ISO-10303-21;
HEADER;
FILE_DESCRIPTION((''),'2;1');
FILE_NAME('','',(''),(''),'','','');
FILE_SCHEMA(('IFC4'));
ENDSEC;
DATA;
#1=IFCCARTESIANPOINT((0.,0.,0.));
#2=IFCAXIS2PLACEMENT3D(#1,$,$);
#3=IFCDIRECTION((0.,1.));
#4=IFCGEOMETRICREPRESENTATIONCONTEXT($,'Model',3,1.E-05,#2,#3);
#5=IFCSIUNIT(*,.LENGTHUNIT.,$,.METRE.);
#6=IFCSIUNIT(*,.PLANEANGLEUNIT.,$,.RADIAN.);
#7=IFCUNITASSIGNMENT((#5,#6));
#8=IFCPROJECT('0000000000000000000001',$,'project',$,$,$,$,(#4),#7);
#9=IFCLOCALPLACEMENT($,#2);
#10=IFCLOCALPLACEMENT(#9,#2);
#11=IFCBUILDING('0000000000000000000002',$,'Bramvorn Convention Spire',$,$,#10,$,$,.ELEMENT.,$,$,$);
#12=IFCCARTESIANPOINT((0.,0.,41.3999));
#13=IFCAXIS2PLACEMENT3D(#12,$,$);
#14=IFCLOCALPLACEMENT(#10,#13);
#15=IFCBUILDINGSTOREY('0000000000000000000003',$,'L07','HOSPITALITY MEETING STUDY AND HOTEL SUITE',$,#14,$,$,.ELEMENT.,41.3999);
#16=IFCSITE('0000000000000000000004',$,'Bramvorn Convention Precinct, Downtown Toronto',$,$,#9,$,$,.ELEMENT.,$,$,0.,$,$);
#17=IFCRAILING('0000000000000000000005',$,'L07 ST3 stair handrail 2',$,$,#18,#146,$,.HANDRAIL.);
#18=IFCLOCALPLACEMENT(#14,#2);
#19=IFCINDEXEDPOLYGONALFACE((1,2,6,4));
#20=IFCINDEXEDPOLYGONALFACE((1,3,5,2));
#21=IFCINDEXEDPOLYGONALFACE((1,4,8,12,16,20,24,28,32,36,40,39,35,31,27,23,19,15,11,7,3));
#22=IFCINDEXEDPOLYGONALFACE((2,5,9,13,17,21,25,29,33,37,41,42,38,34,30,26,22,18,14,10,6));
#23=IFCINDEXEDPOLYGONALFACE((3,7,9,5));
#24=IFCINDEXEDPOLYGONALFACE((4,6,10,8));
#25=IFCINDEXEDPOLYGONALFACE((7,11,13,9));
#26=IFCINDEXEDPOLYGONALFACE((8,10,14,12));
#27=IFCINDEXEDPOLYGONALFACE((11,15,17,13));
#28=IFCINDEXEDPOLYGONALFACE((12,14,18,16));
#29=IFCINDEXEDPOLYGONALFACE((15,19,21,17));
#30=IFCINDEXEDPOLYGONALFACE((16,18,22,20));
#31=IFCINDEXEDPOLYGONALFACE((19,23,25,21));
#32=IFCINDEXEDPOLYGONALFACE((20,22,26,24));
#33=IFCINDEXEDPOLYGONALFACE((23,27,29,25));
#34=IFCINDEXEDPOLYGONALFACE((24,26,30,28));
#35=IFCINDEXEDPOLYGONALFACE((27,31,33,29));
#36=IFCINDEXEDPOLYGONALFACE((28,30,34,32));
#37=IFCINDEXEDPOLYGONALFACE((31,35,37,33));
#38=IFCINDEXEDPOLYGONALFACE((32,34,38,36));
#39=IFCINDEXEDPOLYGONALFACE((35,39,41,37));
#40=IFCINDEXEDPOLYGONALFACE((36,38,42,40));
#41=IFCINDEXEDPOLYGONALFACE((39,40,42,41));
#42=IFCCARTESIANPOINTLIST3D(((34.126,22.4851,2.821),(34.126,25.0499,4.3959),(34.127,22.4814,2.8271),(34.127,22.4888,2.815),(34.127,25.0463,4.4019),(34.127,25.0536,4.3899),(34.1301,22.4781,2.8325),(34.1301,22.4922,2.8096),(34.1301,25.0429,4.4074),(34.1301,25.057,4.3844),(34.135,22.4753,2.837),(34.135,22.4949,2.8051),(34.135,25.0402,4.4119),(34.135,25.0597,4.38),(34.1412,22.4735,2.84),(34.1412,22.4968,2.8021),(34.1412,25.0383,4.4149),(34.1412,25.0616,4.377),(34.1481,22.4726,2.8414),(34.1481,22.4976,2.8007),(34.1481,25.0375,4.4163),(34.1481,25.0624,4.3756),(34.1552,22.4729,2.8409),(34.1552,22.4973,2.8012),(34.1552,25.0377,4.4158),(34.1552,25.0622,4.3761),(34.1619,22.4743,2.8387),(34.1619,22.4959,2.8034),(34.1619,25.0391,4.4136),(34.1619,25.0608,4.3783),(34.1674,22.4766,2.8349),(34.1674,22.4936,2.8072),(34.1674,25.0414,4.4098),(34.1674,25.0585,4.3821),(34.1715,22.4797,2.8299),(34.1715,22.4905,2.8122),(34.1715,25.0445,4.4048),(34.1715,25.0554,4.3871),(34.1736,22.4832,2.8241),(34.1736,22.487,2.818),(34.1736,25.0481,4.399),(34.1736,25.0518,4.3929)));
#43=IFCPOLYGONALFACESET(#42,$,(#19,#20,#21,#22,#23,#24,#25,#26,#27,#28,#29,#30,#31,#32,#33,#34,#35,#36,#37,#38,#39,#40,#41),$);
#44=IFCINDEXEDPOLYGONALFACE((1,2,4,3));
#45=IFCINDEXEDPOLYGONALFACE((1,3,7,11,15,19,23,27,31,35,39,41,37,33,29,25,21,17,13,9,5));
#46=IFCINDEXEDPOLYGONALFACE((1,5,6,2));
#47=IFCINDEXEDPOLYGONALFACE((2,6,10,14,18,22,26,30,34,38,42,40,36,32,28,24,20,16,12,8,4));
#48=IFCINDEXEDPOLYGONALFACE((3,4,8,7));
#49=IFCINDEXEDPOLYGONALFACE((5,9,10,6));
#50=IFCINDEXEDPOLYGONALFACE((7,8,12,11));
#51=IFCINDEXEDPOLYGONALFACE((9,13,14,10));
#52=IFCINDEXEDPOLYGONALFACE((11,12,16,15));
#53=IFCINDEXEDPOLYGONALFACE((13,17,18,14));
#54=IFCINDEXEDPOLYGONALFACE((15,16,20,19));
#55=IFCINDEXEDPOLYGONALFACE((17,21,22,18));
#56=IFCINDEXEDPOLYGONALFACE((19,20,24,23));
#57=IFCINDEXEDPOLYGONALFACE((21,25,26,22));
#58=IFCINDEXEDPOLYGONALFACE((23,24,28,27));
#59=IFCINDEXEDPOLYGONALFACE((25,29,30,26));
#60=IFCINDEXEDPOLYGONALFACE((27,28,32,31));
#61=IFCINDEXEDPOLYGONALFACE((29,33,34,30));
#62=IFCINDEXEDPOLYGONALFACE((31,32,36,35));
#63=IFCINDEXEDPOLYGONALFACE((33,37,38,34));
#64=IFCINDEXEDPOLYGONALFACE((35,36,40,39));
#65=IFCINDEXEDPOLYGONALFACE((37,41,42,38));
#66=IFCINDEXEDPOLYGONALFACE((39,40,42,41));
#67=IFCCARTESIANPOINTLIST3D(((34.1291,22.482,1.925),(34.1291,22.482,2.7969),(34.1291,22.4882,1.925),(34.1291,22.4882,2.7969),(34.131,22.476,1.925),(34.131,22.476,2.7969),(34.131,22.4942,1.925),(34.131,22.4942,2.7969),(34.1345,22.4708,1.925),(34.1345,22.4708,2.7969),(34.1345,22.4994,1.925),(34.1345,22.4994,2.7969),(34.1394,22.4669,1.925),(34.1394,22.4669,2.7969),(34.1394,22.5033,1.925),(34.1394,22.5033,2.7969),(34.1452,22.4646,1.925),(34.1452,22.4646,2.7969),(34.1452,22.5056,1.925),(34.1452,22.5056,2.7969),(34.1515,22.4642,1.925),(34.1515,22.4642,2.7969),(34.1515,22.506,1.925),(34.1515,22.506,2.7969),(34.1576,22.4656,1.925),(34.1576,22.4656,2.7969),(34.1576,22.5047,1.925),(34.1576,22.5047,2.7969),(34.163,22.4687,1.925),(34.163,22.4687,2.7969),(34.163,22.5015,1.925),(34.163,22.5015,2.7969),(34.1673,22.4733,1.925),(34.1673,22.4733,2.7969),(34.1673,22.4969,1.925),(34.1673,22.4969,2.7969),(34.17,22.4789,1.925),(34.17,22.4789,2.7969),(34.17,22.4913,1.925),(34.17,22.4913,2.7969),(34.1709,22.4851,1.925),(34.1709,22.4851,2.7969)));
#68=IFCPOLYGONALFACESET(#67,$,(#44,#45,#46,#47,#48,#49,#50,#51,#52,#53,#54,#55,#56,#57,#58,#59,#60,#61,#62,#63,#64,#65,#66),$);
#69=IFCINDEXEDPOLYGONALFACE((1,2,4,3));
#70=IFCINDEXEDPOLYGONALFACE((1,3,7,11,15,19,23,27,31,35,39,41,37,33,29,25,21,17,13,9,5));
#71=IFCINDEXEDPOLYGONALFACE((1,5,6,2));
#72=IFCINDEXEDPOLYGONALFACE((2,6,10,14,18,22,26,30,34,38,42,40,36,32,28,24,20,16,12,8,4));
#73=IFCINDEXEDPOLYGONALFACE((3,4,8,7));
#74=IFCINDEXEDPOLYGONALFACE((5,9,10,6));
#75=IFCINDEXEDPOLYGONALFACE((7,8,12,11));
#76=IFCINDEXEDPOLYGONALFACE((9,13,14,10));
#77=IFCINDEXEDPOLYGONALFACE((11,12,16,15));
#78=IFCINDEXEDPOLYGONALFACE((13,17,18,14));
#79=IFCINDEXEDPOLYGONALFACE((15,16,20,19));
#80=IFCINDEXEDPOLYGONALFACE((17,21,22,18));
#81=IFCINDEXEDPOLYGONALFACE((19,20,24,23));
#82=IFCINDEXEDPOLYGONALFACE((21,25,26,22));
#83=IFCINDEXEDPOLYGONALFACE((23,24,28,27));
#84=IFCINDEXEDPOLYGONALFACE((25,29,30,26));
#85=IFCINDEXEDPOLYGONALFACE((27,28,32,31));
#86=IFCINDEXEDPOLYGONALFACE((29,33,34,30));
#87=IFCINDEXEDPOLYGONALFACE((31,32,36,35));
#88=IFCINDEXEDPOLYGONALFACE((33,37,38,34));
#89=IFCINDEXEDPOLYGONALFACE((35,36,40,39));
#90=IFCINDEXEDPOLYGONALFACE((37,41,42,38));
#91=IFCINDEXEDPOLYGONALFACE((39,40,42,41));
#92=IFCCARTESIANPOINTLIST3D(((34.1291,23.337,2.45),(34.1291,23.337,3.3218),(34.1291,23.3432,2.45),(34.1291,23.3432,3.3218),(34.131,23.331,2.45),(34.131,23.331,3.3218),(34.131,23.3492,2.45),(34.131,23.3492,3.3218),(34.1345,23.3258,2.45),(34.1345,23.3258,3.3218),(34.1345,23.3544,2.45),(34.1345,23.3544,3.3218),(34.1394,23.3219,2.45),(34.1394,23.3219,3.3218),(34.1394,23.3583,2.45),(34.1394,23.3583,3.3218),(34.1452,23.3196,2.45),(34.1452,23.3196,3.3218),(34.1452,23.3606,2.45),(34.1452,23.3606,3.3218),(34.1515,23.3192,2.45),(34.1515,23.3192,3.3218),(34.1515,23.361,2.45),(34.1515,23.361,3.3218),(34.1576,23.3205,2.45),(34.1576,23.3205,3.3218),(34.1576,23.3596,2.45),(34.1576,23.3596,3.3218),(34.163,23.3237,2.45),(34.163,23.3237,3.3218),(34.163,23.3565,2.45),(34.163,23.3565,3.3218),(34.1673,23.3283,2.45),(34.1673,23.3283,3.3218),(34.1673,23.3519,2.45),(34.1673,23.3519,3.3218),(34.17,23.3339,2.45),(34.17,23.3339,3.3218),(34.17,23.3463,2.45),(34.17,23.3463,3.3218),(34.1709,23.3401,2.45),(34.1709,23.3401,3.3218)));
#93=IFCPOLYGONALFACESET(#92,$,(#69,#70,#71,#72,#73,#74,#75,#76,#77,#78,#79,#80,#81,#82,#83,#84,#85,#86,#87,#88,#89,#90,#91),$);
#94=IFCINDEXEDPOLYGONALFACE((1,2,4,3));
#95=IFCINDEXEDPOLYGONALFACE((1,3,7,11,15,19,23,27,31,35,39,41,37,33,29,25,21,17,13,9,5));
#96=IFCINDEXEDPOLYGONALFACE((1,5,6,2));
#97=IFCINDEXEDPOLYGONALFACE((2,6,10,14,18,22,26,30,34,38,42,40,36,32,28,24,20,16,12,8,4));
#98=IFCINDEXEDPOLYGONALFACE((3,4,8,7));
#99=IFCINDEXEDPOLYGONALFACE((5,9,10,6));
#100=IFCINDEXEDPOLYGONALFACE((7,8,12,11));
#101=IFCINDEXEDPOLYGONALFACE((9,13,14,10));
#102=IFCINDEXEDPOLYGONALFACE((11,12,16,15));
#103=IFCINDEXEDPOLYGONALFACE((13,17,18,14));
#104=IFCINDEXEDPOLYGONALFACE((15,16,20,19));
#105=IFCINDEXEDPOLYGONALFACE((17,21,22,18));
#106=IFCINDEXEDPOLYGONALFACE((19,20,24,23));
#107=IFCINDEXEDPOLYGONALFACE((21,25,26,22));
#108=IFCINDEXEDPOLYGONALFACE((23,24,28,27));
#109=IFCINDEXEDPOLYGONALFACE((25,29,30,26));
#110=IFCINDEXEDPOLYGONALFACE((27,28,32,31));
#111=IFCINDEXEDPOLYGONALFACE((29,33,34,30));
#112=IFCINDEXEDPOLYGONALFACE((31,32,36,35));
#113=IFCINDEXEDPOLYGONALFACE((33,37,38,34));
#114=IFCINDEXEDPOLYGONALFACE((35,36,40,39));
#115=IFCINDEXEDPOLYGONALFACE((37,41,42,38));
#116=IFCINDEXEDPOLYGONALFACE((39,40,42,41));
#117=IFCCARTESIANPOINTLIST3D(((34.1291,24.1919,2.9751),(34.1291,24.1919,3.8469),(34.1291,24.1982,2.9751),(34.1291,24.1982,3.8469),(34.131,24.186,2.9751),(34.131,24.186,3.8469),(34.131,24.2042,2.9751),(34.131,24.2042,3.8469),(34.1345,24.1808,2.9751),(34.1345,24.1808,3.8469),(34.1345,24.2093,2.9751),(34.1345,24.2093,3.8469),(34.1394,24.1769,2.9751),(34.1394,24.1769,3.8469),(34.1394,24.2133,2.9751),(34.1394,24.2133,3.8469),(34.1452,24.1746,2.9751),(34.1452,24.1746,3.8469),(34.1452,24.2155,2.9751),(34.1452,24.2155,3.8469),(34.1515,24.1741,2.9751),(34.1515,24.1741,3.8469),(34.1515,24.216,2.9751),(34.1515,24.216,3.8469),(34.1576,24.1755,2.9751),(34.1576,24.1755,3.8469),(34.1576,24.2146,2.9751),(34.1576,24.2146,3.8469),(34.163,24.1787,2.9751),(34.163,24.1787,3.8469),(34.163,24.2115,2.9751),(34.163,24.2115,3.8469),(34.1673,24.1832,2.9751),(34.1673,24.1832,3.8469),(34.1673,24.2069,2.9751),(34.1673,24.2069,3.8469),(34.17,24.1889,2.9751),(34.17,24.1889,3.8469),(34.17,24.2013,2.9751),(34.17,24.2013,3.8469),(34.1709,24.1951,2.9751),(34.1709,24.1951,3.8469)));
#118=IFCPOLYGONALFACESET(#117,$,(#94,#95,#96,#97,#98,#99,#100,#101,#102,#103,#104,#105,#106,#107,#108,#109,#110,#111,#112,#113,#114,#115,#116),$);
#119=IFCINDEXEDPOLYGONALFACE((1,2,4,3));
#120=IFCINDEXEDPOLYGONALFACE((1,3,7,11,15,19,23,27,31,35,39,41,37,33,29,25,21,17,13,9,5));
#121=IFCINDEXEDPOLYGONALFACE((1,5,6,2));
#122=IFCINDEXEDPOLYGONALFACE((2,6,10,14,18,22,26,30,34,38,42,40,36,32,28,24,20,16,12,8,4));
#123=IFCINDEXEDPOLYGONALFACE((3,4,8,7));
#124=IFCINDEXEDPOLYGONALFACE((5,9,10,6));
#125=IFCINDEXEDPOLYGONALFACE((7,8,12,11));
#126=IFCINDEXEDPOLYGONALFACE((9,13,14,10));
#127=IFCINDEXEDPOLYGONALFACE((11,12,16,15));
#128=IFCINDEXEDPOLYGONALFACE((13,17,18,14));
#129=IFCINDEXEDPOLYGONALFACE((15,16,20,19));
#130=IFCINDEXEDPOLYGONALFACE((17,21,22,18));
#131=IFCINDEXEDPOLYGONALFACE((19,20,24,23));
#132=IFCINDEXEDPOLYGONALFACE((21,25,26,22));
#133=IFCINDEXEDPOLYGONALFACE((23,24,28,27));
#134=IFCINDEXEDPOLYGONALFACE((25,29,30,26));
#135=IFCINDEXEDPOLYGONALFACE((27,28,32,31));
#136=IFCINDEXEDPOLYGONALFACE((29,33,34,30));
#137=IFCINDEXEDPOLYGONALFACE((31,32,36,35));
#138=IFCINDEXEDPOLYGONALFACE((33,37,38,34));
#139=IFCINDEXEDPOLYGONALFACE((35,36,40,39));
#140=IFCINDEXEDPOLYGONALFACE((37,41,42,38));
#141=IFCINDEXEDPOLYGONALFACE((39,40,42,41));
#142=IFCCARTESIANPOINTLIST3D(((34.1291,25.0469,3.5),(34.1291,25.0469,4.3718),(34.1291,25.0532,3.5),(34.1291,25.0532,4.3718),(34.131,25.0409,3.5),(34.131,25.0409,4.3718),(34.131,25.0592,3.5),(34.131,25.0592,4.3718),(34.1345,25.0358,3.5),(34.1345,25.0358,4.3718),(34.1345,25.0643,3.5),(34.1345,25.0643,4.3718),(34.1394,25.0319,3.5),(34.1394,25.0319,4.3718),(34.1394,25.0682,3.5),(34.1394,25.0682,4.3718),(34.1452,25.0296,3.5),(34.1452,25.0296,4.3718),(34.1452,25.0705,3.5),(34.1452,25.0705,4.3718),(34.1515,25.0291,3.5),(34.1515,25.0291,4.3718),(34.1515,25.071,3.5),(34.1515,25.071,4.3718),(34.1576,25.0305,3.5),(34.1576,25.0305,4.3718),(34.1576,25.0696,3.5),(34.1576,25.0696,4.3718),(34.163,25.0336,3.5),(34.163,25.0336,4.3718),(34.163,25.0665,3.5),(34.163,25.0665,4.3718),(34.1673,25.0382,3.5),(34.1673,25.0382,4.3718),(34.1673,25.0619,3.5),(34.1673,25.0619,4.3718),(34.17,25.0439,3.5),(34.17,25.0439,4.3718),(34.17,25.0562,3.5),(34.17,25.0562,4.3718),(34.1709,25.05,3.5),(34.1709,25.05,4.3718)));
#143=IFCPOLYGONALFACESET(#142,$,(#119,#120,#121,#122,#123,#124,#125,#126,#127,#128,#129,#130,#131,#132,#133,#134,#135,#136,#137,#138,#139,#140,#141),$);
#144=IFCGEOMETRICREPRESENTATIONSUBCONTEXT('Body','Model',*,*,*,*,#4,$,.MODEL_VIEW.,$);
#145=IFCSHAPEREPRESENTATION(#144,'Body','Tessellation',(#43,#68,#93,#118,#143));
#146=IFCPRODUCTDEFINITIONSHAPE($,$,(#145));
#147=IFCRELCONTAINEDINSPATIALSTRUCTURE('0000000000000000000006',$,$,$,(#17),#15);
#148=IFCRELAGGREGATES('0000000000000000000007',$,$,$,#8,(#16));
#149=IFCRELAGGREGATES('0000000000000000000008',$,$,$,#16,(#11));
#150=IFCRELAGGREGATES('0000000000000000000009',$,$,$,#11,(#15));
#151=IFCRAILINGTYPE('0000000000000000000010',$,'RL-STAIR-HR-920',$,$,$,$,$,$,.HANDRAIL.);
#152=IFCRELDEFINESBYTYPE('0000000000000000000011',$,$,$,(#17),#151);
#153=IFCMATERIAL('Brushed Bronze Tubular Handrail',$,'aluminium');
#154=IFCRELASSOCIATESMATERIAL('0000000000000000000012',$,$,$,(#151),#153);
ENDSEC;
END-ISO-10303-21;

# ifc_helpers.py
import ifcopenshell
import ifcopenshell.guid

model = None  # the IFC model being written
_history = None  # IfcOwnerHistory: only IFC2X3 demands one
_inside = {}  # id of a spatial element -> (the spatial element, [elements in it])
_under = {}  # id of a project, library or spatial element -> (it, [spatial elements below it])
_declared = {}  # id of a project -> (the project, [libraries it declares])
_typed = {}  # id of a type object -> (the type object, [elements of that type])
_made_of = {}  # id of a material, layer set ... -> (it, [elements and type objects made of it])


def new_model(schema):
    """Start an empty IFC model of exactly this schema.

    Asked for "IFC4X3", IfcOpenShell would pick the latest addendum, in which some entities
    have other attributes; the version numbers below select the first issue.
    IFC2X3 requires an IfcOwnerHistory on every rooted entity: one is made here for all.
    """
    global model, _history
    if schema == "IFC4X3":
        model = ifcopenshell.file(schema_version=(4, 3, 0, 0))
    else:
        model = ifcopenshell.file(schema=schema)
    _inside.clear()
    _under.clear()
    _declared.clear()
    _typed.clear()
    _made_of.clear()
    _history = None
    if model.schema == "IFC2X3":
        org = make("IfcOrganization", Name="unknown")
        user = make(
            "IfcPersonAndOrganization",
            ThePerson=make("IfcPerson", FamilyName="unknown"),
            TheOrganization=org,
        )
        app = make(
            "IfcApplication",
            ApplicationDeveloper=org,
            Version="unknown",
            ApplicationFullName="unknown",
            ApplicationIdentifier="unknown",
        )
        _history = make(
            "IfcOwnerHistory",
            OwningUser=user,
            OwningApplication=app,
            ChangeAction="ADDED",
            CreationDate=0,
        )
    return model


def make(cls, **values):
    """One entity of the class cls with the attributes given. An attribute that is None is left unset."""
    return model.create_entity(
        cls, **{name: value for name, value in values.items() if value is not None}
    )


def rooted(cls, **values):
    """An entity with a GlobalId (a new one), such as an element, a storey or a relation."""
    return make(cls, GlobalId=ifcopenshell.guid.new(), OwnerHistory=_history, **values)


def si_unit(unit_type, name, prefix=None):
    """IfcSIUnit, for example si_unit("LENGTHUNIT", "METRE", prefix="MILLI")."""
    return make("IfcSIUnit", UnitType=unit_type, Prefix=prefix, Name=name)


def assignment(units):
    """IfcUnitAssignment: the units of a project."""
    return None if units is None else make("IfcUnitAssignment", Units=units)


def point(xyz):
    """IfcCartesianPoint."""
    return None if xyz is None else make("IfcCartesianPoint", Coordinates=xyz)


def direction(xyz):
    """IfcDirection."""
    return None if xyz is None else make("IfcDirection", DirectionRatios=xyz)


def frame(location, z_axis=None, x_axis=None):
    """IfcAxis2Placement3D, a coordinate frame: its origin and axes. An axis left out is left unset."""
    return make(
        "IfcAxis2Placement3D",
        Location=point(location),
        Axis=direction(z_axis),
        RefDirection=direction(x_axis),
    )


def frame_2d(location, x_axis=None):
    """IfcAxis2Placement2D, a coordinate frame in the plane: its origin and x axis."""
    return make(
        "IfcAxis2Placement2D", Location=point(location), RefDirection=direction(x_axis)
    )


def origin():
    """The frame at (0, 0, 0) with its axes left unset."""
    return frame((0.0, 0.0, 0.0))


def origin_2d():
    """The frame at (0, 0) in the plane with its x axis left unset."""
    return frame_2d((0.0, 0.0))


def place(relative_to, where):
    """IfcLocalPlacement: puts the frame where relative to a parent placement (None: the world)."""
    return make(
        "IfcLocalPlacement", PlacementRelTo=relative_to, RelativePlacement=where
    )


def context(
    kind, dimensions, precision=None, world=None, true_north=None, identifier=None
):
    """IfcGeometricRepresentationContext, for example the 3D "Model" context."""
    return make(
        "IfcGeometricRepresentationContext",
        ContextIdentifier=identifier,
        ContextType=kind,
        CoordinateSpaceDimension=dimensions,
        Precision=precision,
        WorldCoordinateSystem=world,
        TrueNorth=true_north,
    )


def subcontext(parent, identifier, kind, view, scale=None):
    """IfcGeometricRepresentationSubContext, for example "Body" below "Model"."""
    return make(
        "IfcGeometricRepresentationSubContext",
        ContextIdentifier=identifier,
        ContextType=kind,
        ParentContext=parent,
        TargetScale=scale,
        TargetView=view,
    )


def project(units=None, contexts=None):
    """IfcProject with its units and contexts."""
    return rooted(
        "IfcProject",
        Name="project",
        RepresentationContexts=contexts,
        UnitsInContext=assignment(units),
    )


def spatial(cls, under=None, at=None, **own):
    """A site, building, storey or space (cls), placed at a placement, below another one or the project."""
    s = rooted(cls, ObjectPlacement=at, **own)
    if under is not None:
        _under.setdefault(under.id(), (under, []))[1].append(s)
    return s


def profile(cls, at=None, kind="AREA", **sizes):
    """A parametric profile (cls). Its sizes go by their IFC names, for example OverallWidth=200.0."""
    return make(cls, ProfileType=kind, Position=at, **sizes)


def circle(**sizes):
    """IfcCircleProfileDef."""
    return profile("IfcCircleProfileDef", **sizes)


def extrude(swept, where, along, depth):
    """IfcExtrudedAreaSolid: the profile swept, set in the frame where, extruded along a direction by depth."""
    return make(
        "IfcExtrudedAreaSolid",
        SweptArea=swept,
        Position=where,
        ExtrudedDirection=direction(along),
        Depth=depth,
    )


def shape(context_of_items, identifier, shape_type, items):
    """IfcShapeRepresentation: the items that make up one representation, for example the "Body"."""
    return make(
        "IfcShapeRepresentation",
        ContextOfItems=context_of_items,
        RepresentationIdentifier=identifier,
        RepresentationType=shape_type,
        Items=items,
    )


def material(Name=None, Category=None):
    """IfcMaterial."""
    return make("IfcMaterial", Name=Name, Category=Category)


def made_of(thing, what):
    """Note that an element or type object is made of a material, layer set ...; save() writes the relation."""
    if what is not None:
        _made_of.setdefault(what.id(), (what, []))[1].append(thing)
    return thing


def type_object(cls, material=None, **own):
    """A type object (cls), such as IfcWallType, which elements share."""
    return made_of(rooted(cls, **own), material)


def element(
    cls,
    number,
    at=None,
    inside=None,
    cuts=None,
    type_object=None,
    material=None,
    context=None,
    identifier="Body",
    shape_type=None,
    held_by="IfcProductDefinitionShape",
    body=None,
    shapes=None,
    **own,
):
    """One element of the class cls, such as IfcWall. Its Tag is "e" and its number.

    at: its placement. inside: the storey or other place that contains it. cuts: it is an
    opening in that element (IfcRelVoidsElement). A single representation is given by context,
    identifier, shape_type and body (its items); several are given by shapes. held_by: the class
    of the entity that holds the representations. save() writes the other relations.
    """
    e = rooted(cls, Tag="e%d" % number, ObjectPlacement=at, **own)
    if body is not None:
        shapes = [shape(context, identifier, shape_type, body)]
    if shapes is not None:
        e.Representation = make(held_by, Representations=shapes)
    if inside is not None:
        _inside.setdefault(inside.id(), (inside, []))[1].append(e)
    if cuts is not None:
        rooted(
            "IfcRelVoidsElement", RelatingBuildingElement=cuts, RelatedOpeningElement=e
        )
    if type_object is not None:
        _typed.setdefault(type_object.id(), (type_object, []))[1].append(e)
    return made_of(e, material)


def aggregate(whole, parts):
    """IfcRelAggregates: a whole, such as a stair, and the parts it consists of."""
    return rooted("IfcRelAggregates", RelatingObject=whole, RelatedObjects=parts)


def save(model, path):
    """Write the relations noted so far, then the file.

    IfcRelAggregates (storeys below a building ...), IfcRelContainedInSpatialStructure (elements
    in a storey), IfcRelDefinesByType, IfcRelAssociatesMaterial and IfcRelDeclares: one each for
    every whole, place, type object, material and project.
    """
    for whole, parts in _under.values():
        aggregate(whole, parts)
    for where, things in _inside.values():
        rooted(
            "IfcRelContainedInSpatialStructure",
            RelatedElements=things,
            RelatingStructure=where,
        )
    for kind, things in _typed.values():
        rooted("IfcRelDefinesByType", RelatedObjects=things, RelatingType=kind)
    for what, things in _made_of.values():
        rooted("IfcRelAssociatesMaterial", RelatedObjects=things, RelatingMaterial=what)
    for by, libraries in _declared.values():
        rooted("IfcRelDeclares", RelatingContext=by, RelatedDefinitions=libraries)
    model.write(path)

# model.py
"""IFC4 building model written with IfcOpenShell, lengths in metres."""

from ifc_helpers import new_model, si_unit, direction, frame, origin, origin_2d, place, context, subcontext, project, spatial, circle, extrude, material, type_object, element, save


model = new_model("IFC4")

# Units and contexts
model_context = context("Model", 3, precision=1e-05, world=origin(), true_north=direction((0.0, 1.0)))
body_context = subcontext(model_context, "Body", "Model", "MODEL_VIEW")
ifc_project = project(units=[si_unit("LENGTHUNIT", "METRE"), si_unit("PLANEANGLEUNIT", "RADIAN")], contexts=[model_context])

# Site, building, storey
site_placement = place(None, origin())
site = spatial("IfcSite", under=ifc_project, at=site_placement, Name="Bramvorn Convention Precinct, Downtown Toronto", CompositionType="ELEMENT", RefElevation=0.0)
building_placement = place(site_placement, origin())
building = spatial("IfcBuilding", under=site, at=building_placement, Name="Bramvorn Convention Spire", CompositionType="ELEMENT")
storey_placement = place(building_placement, frame((0.0, 0.0, 41.3999)))
storey = spatial("IfcBuildingStorey", under=building, at=storey_placement, Name="L07", Description="HOSPITALITY MEETING STUDY AND HOTEL SUITE", CompositionType="ELEMENT", Elevation=41.3999)

# Railing
ifc_material_1 = material(Name="Brushed Bronze Tubular Handrail", Category="aluminium")
railing_type_1 = type_object("IfcRailingType", Name="RL-STAIR-HR-920", PredefinedType="HANDRAIL", material=ifc_material_1)
railing_1_placement = place(storey_placement, frame((34.1499, 22.4851, 1.925)))
element("IfcRailing", 1, at=railing_1_placement, inside=storey, type_object=railing_type_1, Name="L07 ST3 stair handrail 2", PredefinedType="HANDRAIL", context=body_context, shape_type="SweptSolid", body=[
    extrude(circle(Radius=0.0239, at=origin_2d()), frame((0.0, 0.0, 0.896), z_axis=(0.0, 0.852173, 0.52326), x_axis=(-1.0, 0.0, 0.0)), (0.0, 0.0, 1.0), 3.0098),
    extrude(circle(Radius=0.021, at=origin_2d()), origin(), (0.0, 0.0, 1.0), 0.8718),
    extrude(circle(Radius=0.021, at=origin_2d()), frame((0.0, 0.855, 0.5249)), (0.0, 0.0, 1.0), 0.8718),
    extrude(circle(Radius=0.021, at=origin_2d()), frame((0.0, 1.71, 1.05)), (0.0, 0.0, 1.0), 0.8718),
    extrude(circle(Radius=0.021, at=origin_2d()), frame((0.0, 2.5649, 1.575)), (0.0, 0.0, 1.0), 0.8718),
])

save(model, "model.ifc")
